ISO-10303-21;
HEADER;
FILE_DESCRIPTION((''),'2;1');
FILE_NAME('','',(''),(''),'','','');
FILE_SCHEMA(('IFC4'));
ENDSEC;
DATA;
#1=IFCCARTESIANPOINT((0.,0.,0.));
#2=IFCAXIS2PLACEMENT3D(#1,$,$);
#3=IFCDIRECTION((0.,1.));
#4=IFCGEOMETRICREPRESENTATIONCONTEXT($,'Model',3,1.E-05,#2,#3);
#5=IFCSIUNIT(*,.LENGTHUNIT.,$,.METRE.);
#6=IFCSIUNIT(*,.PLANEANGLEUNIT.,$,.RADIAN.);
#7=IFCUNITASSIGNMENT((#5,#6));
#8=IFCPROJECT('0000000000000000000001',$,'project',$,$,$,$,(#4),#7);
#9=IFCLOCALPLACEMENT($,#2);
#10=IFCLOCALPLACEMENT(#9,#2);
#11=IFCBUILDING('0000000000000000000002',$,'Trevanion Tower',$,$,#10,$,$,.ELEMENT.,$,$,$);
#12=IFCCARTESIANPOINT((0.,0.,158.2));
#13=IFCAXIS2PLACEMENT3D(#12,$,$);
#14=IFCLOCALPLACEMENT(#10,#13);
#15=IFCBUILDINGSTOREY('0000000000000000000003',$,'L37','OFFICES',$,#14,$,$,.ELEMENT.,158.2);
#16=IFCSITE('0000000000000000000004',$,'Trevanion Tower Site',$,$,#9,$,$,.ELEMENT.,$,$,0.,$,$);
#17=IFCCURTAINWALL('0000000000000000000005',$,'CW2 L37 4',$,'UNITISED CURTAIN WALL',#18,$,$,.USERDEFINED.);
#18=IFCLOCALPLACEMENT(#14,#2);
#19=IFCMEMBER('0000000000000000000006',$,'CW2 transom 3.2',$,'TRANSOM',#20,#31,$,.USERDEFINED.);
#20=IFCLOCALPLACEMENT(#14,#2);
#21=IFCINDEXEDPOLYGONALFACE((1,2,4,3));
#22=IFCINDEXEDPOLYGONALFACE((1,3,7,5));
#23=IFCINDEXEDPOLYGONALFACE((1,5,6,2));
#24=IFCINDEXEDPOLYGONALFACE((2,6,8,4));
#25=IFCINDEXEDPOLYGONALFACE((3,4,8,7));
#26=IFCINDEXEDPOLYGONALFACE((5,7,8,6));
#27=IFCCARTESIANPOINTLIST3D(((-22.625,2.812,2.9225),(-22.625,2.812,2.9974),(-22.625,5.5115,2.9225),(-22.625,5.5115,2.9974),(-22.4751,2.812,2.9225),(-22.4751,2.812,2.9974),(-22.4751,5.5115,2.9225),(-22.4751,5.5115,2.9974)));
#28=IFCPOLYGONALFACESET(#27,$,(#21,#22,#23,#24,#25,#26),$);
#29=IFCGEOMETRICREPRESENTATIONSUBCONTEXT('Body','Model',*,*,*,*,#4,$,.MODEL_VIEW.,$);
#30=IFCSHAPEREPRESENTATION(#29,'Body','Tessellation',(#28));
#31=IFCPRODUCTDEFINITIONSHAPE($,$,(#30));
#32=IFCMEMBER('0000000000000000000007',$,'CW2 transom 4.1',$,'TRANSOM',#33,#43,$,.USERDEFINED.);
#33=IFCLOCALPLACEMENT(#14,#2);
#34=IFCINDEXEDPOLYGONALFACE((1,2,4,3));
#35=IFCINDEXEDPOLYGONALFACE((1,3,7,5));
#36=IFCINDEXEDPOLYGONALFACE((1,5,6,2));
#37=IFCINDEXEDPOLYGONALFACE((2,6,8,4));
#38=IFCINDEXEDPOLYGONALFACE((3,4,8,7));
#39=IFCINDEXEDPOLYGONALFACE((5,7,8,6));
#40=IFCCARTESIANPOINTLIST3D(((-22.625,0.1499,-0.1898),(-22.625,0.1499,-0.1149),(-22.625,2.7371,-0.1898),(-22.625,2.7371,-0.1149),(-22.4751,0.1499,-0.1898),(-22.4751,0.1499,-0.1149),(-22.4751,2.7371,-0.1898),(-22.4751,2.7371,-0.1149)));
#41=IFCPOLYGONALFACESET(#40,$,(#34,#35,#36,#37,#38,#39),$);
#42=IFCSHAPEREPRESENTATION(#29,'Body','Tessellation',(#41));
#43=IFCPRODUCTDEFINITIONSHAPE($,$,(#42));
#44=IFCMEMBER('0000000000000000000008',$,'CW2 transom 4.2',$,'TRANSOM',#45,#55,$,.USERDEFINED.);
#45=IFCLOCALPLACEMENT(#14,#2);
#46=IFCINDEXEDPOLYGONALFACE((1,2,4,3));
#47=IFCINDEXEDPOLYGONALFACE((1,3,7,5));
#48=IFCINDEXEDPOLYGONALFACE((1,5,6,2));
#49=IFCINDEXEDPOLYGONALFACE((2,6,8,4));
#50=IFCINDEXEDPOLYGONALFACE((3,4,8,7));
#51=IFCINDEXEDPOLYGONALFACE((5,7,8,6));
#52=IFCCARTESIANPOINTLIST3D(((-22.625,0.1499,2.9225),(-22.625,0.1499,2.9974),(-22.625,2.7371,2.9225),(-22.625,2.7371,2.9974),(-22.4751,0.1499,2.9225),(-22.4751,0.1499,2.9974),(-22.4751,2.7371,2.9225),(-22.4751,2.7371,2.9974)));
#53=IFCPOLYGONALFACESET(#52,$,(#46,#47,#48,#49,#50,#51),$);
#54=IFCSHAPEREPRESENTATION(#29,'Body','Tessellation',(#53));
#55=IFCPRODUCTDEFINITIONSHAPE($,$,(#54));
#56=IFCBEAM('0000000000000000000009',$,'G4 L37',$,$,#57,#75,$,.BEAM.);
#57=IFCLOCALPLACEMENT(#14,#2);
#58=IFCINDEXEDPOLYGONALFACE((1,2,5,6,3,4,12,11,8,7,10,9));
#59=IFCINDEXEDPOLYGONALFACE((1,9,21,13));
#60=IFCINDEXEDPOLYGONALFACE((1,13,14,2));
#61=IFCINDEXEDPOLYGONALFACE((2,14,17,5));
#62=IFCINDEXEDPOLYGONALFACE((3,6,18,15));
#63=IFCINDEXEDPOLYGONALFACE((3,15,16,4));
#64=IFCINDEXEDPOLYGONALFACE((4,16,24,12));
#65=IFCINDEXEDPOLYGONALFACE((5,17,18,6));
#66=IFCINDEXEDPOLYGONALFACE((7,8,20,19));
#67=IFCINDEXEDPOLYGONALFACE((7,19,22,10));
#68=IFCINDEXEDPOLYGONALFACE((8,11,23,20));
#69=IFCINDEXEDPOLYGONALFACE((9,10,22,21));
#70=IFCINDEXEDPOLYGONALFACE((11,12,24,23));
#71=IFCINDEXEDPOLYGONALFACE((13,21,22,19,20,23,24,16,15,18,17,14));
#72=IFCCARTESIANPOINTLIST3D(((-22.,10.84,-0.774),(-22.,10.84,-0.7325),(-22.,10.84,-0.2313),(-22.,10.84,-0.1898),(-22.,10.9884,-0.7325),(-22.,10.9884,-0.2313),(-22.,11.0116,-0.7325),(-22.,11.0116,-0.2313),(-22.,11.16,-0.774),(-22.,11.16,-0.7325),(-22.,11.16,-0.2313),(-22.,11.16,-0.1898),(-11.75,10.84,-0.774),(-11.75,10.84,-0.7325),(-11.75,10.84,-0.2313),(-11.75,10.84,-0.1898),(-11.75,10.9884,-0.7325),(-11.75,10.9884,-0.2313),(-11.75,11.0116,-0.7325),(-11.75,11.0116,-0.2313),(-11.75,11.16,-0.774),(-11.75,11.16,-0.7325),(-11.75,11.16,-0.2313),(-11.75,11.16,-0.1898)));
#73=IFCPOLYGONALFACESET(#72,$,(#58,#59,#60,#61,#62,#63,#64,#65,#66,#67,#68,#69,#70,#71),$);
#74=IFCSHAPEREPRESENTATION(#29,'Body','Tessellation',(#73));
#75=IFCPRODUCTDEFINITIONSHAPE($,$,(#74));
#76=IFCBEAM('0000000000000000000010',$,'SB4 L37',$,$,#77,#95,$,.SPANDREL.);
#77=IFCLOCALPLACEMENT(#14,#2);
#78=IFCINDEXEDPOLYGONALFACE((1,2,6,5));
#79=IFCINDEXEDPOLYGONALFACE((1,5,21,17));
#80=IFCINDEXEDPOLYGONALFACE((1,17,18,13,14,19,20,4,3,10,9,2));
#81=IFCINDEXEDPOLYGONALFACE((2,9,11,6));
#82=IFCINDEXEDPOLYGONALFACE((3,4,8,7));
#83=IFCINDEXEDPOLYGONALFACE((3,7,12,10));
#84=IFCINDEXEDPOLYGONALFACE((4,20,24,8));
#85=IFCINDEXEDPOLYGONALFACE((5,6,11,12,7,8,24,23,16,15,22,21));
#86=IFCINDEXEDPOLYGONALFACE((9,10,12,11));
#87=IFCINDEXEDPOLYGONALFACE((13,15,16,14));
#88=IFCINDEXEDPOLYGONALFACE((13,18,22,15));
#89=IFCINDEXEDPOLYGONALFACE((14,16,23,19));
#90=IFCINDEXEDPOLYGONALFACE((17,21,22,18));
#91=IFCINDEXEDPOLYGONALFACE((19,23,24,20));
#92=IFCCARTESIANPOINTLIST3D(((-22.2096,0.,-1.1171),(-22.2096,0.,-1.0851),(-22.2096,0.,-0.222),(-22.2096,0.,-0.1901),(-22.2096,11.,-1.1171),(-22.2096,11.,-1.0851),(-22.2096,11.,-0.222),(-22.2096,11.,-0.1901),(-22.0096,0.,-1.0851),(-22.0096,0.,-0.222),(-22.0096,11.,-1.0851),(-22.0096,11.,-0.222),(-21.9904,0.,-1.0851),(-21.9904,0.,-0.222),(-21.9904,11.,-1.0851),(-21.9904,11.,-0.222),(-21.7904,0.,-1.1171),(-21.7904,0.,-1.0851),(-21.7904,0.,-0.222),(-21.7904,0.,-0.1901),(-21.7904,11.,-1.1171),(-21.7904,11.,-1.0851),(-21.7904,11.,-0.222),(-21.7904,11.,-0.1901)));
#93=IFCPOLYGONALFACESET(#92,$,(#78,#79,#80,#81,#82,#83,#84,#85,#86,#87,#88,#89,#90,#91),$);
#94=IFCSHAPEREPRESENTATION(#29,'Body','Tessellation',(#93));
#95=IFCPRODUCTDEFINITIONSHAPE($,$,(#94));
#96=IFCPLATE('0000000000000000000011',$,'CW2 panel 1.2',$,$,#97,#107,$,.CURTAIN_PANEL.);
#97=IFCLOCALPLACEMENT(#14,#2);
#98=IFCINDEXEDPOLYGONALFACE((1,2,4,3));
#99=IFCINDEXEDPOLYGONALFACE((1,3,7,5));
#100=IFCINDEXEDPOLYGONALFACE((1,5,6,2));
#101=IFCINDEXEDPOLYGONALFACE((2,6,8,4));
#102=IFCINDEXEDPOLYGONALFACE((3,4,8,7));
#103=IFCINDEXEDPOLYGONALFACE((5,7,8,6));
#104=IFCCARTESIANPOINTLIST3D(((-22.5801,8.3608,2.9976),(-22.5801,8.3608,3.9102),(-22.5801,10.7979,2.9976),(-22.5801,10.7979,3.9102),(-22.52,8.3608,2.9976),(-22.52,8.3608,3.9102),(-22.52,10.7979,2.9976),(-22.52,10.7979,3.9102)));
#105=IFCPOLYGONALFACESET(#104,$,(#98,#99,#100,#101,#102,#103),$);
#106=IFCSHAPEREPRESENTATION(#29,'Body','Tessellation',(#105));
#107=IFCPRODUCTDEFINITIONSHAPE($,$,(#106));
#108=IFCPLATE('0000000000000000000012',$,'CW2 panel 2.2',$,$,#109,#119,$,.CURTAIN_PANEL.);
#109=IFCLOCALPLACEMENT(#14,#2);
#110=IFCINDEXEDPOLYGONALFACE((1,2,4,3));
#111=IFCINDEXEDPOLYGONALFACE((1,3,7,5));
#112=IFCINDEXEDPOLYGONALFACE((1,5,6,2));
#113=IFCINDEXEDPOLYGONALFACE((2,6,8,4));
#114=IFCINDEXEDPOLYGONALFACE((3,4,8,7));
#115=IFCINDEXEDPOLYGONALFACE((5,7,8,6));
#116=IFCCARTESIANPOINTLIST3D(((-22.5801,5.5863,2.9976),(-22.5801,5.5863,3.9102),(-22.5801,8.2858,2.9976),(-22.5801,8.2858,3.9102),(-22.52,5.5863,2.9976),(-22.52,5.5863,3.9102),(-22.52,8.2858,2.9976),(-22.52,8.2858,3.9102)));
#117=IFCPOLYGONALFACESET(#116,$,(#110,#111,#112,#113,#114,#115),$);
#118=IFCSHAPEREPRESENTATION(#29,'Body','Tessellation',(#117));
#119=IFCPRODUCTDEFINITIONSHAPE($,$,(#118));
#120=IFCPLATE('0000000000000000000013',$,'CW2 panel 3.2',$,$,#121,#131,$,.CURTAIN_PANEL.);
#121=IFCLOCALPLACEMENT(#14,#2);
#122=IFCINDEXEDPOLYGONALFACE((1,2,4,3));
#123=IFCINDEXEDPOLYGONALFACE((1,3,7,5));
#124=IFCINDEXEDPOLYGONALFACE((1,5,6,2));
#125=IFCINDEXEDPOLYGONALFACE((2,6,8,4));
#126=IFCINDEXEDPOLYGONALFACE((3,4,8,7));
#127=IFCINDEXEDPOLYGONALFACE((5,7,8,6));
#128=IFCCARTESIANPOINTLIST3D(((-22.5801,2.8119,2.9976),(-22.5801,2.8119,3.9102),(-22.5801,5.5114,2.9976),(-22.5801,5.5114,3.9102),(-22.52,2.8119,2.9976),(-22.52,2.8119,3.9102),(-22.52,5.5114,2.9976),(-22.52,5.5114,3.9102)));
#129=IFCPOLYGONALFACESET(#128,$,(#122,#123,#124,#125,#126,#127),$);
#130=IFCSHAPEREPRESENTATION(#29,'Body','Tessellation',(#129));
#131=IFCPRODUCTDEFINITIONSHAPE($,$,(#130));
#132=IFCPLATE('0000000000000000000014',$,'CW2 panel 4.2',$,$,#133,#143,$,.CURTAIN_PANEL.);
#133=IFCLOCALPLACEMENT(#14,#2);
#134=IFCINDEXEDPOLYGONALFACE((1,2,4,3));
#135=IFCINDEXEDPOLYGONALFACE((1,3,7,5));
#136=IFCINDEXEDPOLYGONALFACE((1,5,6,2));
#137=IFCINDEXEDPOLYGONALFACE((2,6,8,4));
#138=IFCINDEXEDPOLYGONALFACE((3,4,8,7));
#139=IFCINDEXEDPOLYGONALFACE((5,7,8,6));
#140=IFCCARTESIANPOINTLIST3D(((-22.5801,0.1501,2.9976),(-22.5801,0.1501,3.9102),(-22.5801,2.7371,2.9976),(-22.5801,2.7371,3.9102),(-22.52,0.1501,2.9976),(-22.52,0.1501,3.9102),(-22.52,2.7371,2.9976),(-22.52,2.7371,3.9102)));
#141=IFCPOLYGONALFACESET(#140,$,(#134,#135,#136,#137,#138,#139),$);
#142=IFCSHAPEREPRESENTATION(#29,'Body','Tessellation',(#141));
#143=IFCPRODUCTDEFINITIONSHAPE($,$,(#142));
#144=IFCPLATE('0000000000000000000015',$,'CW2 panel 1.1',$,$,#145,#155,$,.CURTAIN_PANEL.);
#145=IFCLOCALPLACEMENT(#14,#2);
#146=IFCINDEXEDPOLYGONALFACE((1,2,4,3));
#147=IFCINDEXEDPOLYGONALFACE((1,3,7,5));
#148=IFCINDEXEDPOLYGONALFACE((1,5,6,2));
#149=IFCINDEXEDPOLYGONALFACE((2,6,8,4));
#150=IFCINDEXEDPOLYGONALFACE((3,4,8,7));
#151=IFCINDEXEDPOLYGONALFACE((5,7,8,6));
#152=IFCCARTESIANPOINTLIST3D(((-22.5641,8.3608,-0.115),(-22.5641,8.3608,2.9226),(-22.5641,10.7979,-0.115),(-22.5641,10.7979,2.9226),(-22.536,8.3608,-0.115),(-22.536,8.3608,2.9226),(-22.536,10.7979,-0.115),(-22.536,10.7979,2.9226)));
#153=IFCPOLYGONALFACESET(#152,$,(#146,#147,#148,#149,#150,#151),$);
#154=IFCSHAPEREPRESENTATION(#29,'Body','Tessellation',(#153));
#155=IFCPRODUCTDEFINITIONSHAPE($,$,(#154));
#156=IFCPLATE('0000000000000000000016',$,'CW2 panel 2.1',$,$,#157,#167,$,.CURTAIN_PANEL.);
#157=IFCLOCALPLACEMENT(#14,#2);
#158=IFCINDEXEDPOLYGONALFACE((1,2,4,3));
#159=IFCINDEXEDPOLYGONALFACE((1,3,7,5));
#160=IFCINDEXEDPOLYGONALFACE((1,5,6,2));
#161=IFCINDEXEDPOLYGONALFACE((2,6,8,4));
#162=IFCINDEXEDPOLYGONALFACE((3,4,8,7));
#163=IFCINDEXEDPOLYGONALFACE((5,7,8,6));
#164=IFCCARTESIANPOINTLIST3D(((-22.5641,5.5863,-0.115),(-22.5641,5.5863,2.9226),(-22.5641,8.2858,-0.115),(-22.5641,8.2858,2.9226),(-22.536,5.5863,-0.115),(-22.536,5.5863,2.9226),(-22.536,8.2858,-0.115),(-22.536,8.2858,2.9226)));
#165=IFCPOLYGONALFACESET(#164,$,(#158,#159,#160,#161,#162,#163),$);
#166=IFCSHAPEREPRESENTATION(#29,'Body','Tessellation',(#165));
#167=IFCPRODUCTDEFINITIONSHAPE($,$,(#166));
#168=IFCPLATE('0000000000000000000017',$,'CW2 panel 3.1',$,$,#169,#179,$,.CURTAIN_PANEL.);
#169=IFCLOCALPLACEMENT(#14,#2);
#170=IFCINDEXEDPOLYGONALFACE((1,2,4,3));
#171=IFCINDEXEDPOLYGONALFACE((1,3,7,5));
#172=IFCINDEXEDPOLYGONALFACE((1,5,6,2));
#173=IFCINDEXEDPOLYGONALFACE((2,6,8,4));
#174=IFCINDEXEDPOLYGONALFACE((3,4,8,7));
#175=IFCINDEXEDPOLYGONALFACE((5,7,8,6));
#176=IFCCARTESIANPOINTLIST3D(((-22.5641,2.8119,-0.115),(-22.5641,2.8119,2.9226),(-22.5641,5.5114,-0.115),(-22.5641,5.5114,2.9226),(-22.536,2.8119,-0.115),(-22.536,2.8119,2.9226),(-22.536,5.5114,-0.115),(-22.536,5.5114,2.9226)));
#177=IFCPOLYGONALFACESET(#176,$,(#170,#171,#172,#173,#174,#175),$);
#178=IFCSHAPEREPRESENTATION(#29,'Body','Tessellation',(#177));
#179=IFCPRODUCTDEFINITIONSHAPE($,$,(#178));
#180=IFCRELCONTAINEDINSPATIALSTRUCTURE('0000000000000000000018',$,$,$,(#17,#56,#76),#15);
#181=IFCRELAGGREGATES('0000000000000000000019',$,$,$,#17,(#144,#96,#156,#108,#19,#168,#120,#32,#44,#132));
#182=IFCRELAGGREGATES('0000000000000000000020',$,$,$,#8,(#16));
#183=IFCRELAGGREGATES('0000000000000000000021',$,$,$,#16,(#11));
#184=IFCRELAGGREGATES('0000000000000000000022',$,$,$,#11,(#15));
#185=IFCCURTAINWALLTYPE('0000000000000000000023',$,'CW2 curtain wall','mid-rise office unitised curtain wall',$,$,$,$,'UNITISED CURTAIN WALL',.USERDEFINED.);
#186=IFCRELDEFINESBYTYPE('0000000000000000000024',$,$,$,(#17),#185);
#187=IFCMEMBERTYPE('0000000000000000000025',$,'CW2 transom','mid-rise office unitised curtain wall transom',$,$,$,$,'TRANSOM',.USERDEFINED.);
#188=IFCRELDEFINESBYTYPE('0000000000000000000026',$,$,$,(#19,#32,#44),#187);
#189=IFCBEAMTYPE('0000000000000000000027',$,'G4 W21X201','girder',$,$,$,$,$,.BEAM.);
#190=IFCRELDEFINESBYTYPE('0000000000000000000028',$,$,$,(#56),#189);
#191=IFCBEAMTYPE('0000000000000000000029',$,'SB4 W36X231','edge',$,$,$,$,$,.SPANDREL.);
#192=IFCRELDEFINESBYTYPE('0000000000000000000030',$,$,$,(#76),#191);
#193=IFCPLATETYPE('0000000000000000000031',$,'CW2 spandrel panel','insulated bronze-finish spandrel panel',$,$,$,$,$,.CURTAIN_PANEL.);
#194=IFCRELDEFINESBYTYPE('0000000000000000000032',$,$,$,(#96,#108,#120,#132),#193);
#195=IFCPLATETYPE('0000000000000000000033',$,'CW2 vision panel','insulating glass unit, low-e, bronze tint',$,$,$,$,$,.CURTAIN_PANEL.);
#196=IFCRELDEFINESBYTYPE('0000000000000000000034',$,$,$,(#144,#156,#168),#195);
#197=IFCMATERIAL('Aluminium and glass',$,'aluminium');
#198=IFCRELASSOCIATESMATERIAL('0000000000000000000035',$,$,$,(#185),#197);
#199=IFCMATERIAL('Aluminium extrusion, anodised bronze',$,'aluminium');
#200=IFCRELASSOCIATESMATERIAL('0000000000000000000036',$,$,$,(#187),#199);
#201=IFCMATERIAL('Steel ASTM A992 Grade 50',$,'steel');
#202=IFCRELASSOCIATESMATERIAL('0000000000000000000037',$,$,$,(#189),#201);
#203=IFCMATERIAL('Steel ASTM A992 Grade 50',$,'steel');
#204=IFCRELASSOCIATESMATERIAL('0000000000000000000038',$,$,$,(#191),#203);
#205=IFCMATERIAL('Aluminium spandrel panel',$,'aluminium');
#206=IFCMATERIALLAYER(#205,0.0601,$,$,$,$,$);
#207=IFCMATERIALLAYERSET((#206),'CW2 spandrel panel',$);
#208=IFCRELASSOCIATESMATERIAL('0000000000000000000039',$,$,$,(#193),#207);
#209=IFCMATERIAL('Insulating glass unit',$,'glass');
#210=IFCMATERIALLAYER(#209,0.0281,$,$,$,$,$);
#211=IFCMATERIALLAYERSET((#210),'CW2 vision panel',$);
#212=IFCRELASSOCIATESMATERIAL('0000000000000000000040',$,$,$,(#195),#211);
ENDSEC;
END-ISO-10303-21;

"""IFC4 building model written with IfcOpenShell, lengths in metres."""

from ifc_helpers import new_model, si_unit, direction, frame, origin, origin_2d, place, context, subcontext, project, spatial, rectangle, i_section, extrude, material, layer, layer_set, material_profile, profile_set, type_object, element, aggregate, save


model = new_model("IFC4")

# Units and contexts
model_context = context("Model", 3, precision=1e-05, world=origin(), true_north=direction((0.0, 1.0)))
body_context = subcontext(model_context, "Body", "Model", "MODEL_VIEW")
ifc_project = project(units=[si_unit("LENGTHUNIT", "METRE"), si_unit("PLANEANGLEUNIT", "RADIAN")], contexts=[model_context])

# Site, building, storey
site_placement = place(None, origin())
site = spatial("IfcSite", under=ifc_project, at=site_placement, Name="Trevanion Tower Site", CompositionType="ELEMENT", RefElevation=0.0)
building_placement = place(site_placement, origin())
building = spatial("IfcBuilding", under=site, at=building_placement, Name="Trevanion Tower", CompositionType="ELEMENT")
storey_placement = place(building_placement, frame((0.0, 0.0, 158.2)))
storey = spatial("IfcBuildingStorey", under=building, at=storey_placement, Name="L37", Description="OFFICES", CompositionType="ELEMENT", Elevation=158.2)

# Curtain wall, members
ifc_material_1 = material(Name="Aluminium and glass", Category="aluminium")
curtain_wall_type = type_object("IfcCurtainWallType", Name="CW2 curtain wall", Description="mid-rise office unitised curtain wall", ElementType="UNITISED CURTAIN WALL", PredefinedType="USERDEFINED", material=ifc_material_1)
curtain_wall_placement = place(storey_placement, origin())
curtain_wall = element("IfcCurtainWall", 1, at=curtain_wall_placement, inside=storey, type_object=curtain_wall_type, Name="CW2 L37 4", ObjectType="UNITISED CURTAIN WALL", PredefinedType="USERDEFINED")
ifc_material_2 = material(Name="Aluminium extrusion, anodised bronze", Category="aluminium")
ifc_material_profile_1 = material_profile(ifc_material_2, rectangle(XDim=0.1499, YDim=0.075, at=origin_2d()), Name="CW2 transom")
ifc_profile_set_1 = profile_set([ifc_material_profile_1], Name="Aluminium extrusion, anodised bronze")
member_type_1 = type_object("IfcMemberType", Name="CW2 transom", Description="mid-rise office unitised curtain wall transom", ElementType="TRANSOM", PredefinedType="USERDEFINED", material=ifc_profile_set_1)
member_1_placement = place(storey_placement, frame((-22.55, 5.5115, 2.96), z_axis=(0.0, -1.0, 0.0), x_axis=(1.0, 0.0, 0.0)))
member_1 = element("IfcMember", 2, at=member_1_placement, type_object=member_type_1, Name="CW2 transom 3.2", ObjectType="TRANSOM", PredefinedType="USERDEFINED", context=body_context, shape_type="SweptSolid", body=[
    extrude(rectangle(XDim=0.1499, YDim=0.075, at=origin_2d()), origin(), (0.0, 0.0, 1.0), 2.6995),
])
member_2_placement = place(storey_placement, frame((-22.55, 2.7371, -0.1523), z_axis=(0.0, -1.0, 0.0), x_axis=(1.0, 0.0, 0.0)))
member_2 = element("IfcMember", 3, at=member_2_placement, type_object=member_type_1, Name="CW2 transom 4.1", ObjectType="TRANSOM", PredefinedType="USERDEFINED", context=body_context, shape_type="SweptSolid", body=[
    extrude(rectangle(XDim=0.1499, YDim=0.075, at=origin_2d()), origin(), (0.0, 0.0, 1.0), 2.5872),
])
member_3_placement = place(storey_placement, frame((-22.55, 2.7371, 2.96), z_axis=(0.0, -1.0, 0.0), x_axis=(1.0, 0.0, 0.0)))
member_3 = element("IfcMember", 4, at=member_3_placement, type_object=member_type_1, Name="CW2 transom 4.2", ObjectType="TRANSOM", PredefinedType="USERDEFINED", context=body_context, shape_type="SweptSolid", body=[
    extrude(rectangle(XDim=0.1499, YDim=0.075, at=origin_2d()), origin(), (0.0, 0.0, 1.0), 2.5872),
])

# Beams
ifc_material_3 = material(Name="Steel ASTM A992 Grade 50", Category="steel")
ifc_material_profile_2 = material_profile(ifc_material_3, i_section(OverallWidth=0.3201, OverallDepth=0.5842, WebThickness=0.0232, FlangeThickness=0.0415, at=origin_2d()), Name="W21X201")
ifc_profile_set_2 = profile_set([ifc_material_profile_2], Name="Steel ASTM A992 Grade 50")
beam_type_1 = type_object("IfcBeamType", Name="G4 W21X201", Description="girder", PredefinedType="BEAM", material=ifc_profile_set_2)
beam_1_placement = place(storey_placement, frame((-11.75, 11.0, -0.4819), z_axis=(-1.0, 0.0, 0.0), x_axis=(0.0, -1.0, 0.0)))
element("IfcBeam", 5, at=beam_1_placement, inside=storey, type_object=beam_type_1, Name="G4 L37", PredefinedType="BEAM", context=body_context, shape_type="SweptSolid", body=[
    extrude(i_section(OverallWidth=0.3201, OverallDepth=0.5842, WebThickness=0.0232, FlangeThickness=0.0415, at=origin_2d()), origin(), (0.0, 0.0, 1.0), 10.25),
])
ifc_material_4 = material(Name="Steel ASTM A992 Grade 50", Category="steel")
ifc_material_profile_3 = material_profile(ifc_material_4, i_section(OverallWidth=0.4192, OverallDepth=0.927, WebThickness=0.0193, FlangeThickness=0.032, at=origin_2d()), Name="W36X231")
ifc_profile_set_3 = profile_set([ifc_material_profile_3], Name="Steel ASTM A992 Grade 50")
beam_type_2 = type_object("IfcBeamType", Name="SB4 W36X231", Description="edge", PredefinedType="SPANDREL", material=ifc_profile_set_3)
beam_2_placement = place(storey_placement, frame((-22.0, 11.0, -0.6536), z_axis=(0.0, -1.0, 0.0), x_axis=(1.0, 0.0, 0.0)))
element("IfcBeam", 6, at=beam_2_placement, inside=storey, type_object=beam_type_2, Name="SB4 L37", PredefinedType="SPANDREL", context=body_context, shape_type="SweptSolid", body=[
    extrude(i_section(OverallWidth=0.4192, OverallDepth=0.927, WebThickness=0.0193, FlangeThickness=0.032, at=origin_2d()), origin(), (0.0, 0.0, 1.0), 11.0),
])

# Plates
ifc_material_5 = material(Name="Aluminium spandrel panel", Category="aluminium")
ifc_layer_1 = layer(ifc_material_5, 0.0601)
ifc_layer_set_1 = layer_set([ifc_layer_1], Name="CW2 spandrel panel")
plate_type_1 = type_object("IfcPlateType", Name="CW2 spandrel panel", Description="insulated bronze-finish spandrel panel", PredefinedType="CURTAIN_PANEL", material=ifc_layer_set_1)
plate_1_placement = place(storey_placement, frame((-22.55, 9.5793, 2.9976), z_axis=(0.0, 0.0, 1.0), x_axis=(0.0, -1.0, 0.0)))
plate_1 = element("IfcPlate", 7, at=plate_1_placement, type_object=plate_type_1, Name="CW2 panel 1.2", PredefinedType="CURTAIN_PANEL", context=body_context, shape_type="SweptSolid", body=[
    extrude(rectangle(XDim=2.437, YDim=0.0601, at=origin_2d()), origin(), (0.0, 0.0, 1.0), 0.9126),
])
plate_2_placement = place(storey_placement, frame((-22.55, 6.936, 2.9976), z_axis=(0.0, 0.0, 1.0), x_axis=(0.0, -1.0, 0.0)))
plate_2 = element("IfcPlate", 8, at=plate_2_placement, type_object=plate_type_1, Name="CW2 panel 2.2", PredefinedType="CURTAIN_PANEL", context=body_context, shape_type="SweptSolid", body=[
    extrude(rectangle(XDim=2.6995, YDim=0.0601, at=origin_2d()), origin(), (0.0, 0.0, 1.0), 0.9126),
])
plate_3_placement = place(storey_placement, frame((-22.55, 4.1616, 2.9976), z_axis=(0.0, 0.0, 1.0), x_axis=(0.0, -1.0, 0.0)))
plate_3 = element("IfcPlate", 9, at=plate_3_placement, type_object=plate_type_1, Name="CW2 panel 3.2", PredefinedType="CURTAIN_PANEL", context=body_context, shape_type="SweptSolid", body=[
    extrude(rectangle(XDim=2.6995, YDim=0.0601, at=origin_2d()), origin(), (0.0, 0.0, 1.0), 0.9126),
])
plate_4_placement = place(storey_placement, frame((-22.55, 1.4436, 2.9976), z_axis=(0.0, 0.0, 1.0), x_axis=(0.0, -1.0, 0.0)))
plate_4 = element("IfcPlate", 10, at=plate_4_placement, type_object=plate_type_1, Name="CW2 panel 4.2", PredefinedType="CURTAIN_PANEL", context=body_context, shape_type="SweptSolid", body=[
    extrude(rectangle(XDim=2.5869, YDim=0.0601, at=origin_2d()), origin(), (0.0, 0.0, 1.0), 0.9126),
])
ifc_material_6 = material(Name="Insulating glass unit", Category="glass")
ifc_layer_2 = layer(ifc_material_6, 0.0281)
ifc_layer_set_2 = layer_set([ifc_layer_2], Name="CW2 vision panel")
plate_type_2 = type_object("IfcPlateType", Name="CW2 vision panel", Description="insulating glass unit, low-e, bronze tint", PredefinedType="CURTAIN_PANEL", material=ifc_layer_set_2)
plate_5_placement = place(storey_placement, frame((-22.55, 9.5793, -0.115), z_axis=(0.0, 0.0, 1.0), x_axis=(0.0, -1.0, 0.0)))
plate_5 = element("IfcPlate", 11, at=plate_5_placement, type_object=plate_type_2, Name="CW2 panel 1.1", PredefinedType="CURTAIN_PANEL", context=body_context, shape_type="SweptSolid", body=[
    extrude(rectangle(XDim=2.437, YDim=0.0281, at=origin_2d()), origin(), (0.0, 0.0, 1.0), 3.0376),
])
plate_6_placement = place(storey_placement, frame((-22.55, 6.936, -0.115), z_axis=(0.0, 0.0, 1.0), x_axis=(0.0, -1.0, 0.0)))
plate_6 = element("IfcPlate", 12, at=plate_6_placement, type_object=plate_type_2, Name="CW2 panel 2.1", PredefinedType="CURTAIN_PANEL", context=body_context, shape_type="SweptSolid", body=[
    extrude(rectangle(XDim=2.6995, YDim=0.0281, at=origin_2d()), origin(), (0.0, 0.0, 1.0), 3.0376),
])
plate_7_placement = place(storey_placement, frame((-22.55, 4.1616, -0.115), z_axis=(0.0, 0.0, 1.0), x_axis=(0.0, -1.0, 0.0)))
plate_7 = element("IfcPlate", 13, at=plate_7_placement, type_object=plate_type_2, Name="CW2 panel 3.1", PredefinedType="CURTAIN_PANEL", context=body_context, shape_type="SweptSolid", body=[
    extrude(rectangle(XDim=2.6995, YDim=0.0281, at=origin_2d()), origin(), (0.0, 0.0, 1.0), 3.0376),
])
aggregate(curtain_wall, [plate_5, plate_1, plate_6, plate_2, member_1, plate_7, plate_3, member_2, member_3, plate_4])

save(model, "model.ifc")
